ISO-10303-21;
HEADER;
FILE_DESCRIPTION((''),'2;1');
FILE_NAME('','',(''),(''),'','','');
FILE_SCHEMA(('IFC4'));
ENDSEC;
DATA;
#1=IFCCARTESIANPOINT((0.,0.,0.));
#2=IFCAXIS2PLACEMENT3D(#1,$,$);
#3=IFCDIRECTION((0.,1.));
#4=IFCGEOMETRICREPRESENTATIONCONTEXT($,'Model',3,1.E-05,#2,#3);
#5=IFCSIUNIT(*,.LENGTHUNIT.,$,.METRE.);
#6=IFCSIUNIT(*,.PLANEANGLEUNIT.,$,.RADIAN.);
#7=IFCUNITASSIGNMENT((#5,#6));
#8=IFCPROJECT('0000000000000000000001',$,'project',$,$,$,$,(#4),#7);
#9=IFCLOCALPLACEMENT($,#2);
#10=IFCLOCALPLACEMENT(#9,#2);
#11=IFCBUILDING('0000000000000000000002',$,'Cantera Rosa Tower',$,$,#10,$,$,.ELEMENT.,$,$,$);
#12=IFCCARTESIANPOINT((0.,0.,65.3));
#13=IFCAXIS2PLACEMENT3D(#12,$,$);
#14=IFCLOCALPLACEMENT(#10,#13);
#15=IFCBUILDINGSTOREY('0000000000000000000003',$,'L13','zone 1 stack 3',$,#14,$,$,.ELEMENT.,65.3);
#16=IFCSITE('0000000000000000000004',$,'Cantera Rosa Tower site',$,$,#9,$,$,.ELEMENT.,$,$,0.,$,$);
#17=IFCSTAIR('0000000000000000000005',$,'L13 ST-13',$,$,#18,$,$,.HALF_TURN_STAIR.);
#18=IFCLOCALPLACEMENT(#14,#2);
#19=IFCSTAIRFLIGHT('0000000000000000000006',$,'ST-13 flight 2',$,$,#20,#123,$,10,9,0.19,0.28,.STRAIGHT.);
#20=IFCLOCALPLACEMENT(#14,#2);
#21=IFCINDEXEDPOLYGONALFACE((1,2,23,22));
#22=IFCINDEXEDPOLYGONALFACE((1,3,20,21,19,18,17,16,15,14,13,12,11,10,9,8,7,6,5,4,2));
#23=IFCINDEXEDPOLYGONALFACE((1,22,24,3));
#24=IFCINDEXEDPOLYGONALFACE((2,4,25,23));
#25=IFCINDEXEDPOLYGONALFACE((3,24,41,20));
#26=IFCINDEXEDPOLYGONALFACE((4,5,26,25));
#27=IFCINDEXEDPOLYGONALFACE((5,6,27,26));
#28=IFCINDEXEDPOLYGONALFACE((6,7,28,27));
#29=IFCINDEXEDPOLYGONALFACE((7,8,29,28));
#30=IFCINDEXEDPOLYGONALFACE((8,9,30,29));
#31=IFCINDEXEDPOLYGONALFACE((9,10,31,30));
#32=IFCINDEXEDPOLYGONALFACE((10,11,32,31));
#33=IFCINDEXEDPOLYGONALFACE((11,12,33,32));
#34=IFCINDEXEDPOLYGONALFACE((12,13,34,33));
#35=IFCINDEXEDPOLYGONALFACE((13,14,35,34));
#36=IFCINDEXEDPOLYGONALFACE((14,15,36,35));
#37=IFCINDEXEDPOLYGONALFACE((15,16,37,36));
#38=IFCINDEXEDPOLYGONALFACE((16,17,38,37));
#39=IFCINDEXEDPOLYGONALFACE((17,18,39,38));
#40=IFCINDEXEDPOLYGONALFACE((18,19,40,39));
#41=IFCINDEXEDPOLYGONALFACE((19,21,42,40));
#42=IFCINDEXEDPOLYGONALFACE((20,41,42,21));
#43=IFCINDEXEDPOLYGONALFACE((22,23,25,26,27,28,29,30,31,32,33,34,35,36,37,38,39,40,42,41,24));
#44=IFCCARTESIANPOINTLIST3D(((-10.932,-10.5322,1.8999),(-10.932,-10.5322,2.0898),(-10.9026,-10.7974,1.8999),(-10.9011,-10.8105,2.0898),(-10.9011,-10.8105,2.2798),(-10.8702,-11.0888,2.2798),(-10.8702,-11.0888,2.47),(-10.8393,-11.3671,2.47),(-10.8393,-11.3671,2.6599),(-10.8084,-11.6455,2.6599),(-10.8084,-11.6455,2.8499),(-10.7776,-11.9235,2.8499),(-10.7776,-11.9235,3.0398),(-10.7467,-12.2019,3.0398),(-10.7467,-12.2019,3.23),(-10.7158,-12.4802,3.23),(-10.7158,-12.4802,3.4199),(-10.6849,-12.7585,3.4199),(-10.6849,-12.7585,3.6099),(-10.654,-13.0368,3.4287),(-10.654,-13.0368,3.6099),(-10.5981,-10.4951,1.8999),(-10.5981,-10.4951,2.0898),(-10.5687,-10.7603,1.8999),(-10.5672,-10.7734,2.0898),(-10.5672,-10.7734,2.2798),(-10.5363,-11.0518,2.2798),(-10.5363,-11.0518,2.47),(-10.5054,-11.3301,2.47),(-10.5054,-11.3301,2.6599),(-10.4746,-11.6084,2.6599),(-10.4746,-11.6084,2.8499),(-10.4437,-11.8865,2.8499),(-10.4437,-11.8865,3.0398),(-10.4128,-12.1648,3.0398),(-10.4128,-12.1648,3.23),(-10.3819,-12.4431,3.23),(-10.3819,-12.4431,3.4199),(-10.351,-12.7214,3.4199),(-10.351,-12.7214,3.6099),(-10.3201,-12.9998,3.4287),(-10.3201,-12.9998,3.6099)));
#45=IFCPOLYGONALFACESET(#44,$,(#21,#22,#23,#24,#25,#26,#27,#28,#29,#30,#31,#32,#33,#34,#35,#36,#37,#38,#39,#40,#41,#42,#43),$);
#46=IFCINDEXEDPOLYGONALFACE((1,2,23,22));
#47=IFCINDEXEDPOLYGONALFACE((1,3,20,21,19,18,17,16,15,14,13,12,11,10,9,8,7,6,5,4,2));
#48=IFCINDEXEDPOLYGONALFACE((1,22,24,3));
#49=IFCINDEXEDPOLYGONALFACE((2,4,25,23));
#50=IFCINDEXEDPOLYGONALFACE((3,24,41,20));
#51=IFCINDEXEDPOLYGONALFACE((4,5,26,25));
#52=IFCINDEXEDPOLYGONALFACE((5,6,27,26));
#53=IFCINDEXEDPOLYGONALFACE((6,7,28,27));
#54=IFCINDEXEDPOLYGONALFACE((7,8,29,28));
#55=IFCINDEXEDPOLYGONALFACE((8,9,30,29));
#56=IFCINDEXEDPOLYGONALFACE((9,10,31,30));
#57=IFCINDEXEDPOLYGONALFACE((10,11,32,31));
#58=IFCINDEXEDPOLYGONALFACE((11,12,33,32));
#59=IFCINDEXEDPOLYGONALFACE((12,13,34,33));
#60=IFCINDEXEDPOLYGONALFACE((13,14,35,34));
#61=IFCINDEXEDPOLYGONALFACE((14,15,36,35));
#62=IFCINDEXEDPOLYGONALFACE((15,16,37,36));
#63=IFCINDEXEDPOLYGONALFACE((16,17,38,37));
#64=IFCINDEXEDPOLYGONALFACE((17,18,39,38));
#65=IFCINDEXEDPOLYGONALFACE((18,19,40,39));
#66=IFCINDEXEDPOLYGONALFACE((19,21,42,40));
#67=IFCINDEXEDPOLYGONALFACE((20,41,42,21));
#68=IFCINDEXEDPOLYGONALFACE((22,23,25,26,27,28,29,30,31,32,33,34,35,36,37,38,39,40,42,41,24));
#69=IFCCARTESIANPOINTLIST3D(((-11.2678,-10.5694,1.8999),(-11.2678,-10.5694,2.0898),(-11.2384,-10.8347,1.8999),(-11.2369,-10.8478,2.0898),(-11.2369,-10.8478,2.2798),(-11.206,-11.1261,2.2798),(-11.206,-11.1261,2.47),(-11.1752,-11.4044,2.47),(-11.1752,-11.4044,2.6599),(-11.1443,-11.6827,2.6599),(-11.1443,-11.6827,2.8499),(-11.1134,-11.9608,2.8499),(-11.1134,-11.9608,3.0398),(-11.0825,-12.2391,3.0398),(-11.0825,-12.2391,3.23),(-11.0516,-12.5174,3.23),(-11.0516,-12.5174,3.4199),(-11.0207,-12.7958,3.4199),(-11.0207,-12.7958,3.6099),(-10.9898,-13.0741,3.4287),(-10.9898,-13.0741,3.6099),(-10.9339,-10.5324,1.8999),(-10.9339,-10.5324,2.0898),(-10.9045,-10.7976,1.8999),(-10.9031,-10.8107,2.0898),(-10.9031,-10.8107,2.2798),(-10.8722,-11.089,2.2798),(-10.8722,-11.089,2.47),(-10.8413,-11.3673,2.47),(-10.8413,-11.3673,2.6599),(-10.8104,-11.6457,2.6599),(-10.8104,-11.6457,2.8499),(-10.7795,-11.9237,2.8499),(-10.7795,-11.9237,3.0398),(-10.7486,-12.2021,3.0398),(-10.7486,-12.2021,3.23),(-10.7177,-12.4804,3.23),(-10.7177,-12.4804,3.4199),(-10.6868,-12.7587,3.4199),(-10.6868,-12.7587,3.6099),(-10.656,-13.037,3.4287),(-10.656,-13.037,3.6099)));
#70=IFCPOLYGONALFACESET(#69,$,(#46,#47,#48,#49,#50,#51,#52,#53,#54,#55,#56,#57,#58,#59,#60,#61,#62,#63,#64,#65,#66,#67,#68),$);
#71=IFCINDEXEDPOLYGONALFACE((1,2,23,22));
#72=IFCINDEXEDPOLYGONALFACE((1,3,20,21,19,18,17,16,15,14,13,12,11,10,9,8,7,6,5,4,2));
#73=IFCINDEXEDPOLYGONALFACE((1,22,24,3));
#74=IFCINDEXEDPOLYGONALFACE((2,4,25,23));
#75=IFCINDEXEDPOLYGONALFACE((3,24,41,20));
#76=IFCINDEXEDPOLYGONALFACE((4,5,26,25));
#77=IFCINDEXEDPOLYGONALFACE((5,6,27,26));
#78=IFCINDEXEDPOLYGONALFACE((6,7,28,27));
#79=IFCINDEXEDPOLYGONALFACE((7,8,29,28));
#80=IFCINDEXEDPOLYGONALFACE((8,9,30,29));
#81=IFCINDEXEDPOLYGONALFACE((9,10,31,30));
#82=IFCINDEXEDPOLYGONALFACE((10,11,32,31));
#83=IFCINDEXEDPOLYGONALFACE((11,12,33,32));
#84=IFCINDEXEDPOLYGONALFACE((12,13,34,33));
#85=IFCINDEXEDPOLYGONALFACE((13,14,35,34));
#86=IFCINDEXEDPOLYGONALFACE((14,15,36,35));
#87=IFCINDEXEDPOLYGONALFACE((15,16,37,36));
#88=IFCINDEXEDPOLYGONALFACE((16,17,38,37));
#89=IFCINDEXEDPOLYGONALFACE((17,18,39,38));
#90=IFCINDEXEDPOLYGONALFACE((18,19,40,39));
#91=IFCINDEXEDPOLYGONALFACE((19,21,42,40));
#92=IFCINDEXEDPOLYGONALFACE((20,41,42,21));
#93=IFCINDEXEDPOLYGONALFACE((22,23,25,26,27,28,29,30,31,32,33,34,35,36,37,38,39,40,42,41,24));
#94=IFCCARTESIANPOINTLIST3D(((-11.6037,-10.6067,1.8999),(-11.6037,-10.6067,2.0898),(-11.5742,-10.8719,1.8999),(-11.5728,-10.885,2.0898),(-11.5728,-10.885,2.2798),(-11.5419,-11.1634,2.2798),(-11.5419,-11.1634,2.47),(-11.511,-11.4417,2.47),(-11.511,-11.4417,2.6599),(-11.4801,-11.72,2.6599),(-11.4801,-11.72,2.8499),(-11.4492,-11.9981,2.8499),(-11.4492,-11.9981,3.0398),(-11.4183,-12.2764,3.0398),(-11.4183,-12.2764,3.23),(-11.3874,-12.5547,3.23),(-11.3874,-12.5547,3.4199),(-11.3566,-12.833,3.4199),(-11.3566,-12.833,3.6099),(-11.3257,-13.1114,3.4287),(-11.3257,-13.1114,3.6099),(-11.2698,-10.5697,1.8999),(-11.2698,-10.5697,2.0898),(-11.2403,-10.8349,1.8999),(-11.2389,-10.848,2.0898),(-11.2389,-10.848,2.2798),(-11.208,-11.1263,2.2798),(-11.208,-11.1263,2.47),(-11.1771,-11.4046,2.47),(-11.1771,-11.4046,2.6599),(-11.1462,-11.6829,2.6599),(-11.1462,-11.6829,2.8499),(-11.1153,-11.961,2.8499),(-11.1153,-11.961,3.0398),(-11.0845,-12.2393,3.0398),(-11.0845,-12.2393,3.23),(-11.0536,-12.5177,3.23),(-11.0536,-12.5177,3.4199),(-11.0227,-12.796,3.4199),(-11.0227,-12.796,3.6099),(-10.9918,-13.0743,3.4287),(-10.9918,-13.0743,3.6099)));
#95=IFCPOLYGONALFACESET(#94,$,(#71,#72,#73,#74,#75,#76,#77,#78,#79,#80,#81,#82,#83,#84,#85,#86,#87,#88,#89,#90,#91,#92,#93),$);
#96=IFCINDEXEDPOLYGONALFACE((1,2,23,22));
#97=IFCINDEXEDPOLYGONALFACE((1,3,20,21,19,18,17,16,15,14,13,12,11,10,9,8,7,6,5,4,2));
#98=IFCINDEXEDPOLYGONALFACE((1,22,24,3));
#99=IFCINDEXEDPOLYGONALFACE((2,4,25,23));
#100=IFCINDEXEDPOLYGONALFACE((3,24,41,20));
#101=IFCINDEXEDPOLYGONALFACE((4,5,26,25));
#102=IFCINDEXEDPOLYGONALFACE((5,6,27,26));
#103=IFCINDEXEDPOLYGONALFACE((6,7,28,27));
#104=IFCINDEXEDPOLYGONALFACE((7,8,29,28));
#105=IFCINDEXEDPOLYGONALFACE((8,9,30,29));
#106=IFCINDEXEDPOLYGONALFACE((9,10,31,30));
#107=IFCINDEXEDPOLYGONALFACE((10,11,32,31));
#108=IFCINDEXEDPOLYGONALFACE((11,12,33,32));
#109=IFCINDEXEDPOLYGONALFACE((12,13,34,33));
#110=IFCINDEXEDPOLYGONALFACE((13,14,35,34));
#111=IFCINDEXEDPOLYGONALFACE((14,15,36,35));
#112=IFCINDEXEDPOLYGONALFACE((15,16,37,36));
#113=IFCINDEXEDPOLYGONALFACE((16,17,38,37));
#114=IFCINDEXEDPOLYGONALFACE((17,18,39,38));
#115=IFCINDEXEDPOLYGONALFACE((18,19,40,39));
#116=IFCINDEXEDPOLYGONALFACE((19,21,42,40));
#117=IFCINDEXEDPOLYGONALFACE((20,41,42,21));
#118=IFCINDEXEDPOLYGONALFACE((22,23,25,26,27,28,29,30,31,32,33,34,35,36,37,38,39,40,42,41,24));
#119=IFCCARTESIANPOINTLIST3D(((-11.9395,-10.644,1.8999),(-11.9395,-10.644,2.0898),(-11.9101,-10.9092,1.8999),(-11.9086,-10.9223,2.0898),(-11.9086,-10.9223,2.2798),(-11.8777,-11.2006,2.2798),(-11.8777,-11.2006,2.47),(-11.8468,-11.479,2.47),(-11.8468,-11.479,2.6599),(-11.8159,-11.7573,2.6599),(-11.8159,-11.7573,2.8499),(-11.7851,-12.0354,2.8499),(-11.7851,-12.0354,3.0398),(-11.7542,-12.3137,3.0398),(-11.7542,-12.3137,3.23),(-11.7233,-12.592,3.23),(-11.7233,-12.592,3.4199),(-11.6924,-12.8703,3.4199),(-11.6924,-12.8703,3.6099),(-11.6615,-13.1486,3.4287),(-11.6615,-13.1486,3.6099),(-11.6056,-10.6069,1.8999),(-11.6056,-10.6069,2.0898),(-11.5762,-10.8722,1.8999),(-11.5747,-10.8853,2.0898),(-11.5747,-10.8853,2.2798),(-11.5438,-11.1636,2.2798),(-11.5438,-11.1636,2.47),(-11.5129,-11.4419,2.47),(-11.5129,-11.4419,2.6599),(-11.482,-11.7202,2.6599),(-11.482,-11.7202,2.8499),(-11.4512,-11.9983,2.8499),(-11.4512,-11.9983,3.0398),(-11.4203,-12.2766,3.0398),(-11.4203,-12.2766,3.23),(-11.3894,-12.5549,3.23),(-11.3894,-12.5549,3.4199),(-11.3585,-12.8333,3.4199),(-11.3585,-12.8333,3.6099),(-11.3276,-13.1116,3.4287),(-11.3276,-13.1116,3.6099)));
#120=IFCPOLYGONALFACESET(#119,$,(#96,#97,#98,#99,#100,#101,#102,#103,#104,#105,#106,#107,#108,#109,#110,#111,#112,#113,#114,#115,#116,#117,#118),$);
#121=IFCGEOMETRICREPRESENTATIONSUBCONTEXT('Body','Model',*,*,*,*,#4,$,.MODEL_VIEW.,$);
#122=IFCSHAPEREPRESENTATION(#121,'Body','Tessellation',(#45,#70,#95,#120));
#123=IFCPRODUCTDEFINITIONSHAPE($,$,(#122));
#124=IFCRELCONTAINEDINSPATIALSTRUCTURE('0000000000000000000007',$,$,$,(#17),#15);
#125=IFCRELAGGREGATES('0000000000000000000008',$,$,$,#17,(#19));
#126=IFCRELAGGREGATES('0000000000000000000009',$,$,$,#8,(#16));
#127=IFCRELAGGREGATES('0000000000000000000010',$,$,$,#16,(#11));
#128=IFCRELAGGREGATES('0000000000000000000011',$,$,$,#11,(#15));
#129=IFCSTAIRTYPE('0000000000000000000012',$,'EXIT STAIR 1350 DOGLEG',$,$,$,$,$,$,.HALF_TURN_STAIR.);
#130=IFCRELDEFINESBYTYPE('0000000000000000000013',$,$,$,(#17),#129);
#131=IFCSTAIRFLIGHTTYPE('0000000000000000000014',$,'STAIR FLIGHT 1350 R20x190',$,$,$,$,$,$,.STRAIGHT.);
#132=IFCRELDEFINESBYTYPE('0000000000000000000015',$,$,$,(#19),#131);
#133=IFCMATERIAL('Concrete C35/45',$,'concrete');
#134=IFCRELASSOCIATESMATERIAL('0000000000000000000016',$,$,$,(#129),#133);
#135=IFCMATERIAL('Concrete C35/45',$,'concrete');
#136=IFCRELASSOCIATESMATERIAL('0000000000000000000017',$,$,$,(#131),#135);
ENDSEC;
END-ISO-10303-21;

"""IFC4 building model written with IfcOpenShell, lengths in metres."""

from ifc_helpers import new_model, si_unit, direction, frame, origin, place, context, subcontext, project, spatial, polyline, outline, extrude, material, type_object, element, aggregate, save


model = new_model("IFC4")

# Units and contexts
model_context = context("Model", 3, precision=1e-05, world=origin(), true_north=direction((0.0, 1.0)))
body_context = subcontext(model_context, "Body", "Model", "MODEL_VIEW")
ifc_project = project(units=[si_unit("LENGTHUNIT", "METRE"), si_unit("PLANEANGLEUNIT", "RADIAN")], contexts=[model_context])

# Site, building, storey
site_placement = place(None, origin())
site = spatial("IfcSite", under=ifc_project, at=site_placement, Name="Cantera Rosa Tower site", CompositionType="ELEMENT", RefElevation=0.0)
building_placement = place(site_placement, origin())
building = spatial("IfcBuilding", under=site, at=building_placement, Name="Cantera Rosa Tower", CompositionType="ELEMENT")
storey_placement = place(building_placement, frame((0.0, 0.0, 65.3)))
storey = spatial("IfcBuildingStorey", under=building, at=storey_placement, Name="L13", Description="zone 1 stack 3", CompositionType="ELEMENT", Elevation=65.3)

# Stair, stair flight
ifc_material_1 = material(Name="Concrete C35/45", Category="concrete")
stair_type = type_object("IfcStairType", Name="EXIT STAIR 1350 DOGLEG", PredefinedType="HALF_TURN_STAIR", material=ifc_material_1)
stair_placement = place(storey_placement, origin())
stair = element("IfcStair", 1, at=stair_placement, inside=storey, type_object=stair_type, Name="L13 ST-13", PredefinedType="HALF_TURN_STAIR")
ifc_material_2 = material(Name="Concrete C35/45", Category="concrete")
stair_flight_type = type_object("IfcStairFlightType", Name="STAIR FLIGHT 1350 R20x190", PredefinedType="STRAIGHT", material=ifc_material_2)
stair_flight_1_placement = place(storey_placement, frame((-11.269, -10.5696, 1.8999), z_axis=(0.0, 0.0, 1.0), x_axis=(0.110313, -0.993897, 0.0)))
stair_flight_1 = element("IfcStairFlight", 2, at=stair_flight_1_placement, type_object=stair_flight_type, Name="ST-13 flight 2", NumberOfRisers=10, NumberOfTreads=9, PredefinedType="STRAIGHT", RiserHeight=0.19, TreadLength=0.28, context=body_context, shape_type="SweptSolid", body=[
    extrude(outline(polyline([(0.0, 0.0), (0.0, 0.1899), (0.28, 0.1899), (0.28, 0.3799), (0.5601, 0.3799), (0.5601, 0.5701), (0.8401, 0.5701), (0.8401, 0.76), (1.1201, 0.76), (1.1201, 0.95), (1.3999, 0.95), (1.3999, 1.1399), (1.6799, 1.1399), (1.6799, 1.3301), (1.96, 1.3301), (1.96, 1.52), (2.24, 1.52), (2.24, 1.71), (2.52, 1.71), (2.52, 1.8999), (2.52, 1.5288), (0.2668, 0.0), (0.0, 0.0)])), frame((0.0, 0.675, 0.0), z_axis=(0.0, -1.0, 0.0), x_axis=(1.0, 0.0, 0.0)), (0.0, 0.0, 1.0), 0.3359),
    extrude(outline(polyline([(0.0, 0.0), (0.0, 0.1899), (0.28, 0.1899), (0.28, 0.3799), (0.5601, 0.3799), (0.5601, 0.5701), (0.8401, 0.5701), (0.8401, 0.76), (1.1201, 0.76), (1.1201, 0.95), (1.3999, 0.95), (1.3999, 1.1399), (1.6799, 1.1399), (1.6799, 1.3301), (1.96, 1.3301), (1.96, 1.52), (2.24, 1.52), (2.24, 1.71), (2.52, 1.71), (2.52, 1.8999), (2.52, 1.5288), (0.2668, 0.0), (0.0, 0.0)])), frame((0.0, 0.3372, 0.0), z_axis=(0.0, -1.0, 0.0), x_axis=(1.0, 0.0, 0.0)), (0.0, 0.0, 1.0), 0.3359),
    extrude(outline(polyline([(0.0, 0.0), (0.0, 0.1899), (0.28, 0.1899), (0.28, 0.3799), (0.5601, 0.3799), (0.5601, 0.5701), (0.8401, 0.5701), (0.8401, 0.76), (1.1201, 0.76), (1.1201, 0.95), (1.3999, 0.95), (1.3999, 1.1399), (1.6799, 1.1399), (1.6799, 1.3301), (1.96, 1.3301), (1.96, 1.52), (2.24, 1.52), (2.24, 1.71), (2.52, 1.71), (2.52, 1.8999), (2.52, 1.5288), (0.2668, 0.0), (0.0, 0.0)])), frame((0.0, -0.0007, 0.0), z_axis=(0.0, -1.0, 0.0), x_axis=(1.0, 0.0, 0.0)), (0.0, 0.0, 1.0), 0.3359),
    extrude(outline(polyline([(0.0, 0.0), (0.0, 0.1899), (0.28, 0.1899), (0.28, 0.3799), (0.5601, 0.3799), (0.5601, 0.5701), (0.8401, 0.5701), (0.8401, 0.76), (1.1201, 0.76), (1.1201, 0.95), (1.3999, 0.95), (1.3999, 1.1399), (1.6799, 1.1399), (1.6799, 1.3301), (1.96, 1.3301), (1.96, 1.52), (2.24, 1.52), (2.24, 1.71), (2.52, 1.71), (2.52, 1.8999), (2.52, 1.5288), (0.2668, 0.0), (0.0, 0.0)])), frame((0.0, -0.3386, 0.0), z_axis=(0.0, -1.0, 0.0), x_axis=(1.0, 0.0, 0.0)), (0.0, 0.0, 1.0), 0.3359),
])
aggregate(stair, [stair_flight_1])

save(model, "model.ifc")
